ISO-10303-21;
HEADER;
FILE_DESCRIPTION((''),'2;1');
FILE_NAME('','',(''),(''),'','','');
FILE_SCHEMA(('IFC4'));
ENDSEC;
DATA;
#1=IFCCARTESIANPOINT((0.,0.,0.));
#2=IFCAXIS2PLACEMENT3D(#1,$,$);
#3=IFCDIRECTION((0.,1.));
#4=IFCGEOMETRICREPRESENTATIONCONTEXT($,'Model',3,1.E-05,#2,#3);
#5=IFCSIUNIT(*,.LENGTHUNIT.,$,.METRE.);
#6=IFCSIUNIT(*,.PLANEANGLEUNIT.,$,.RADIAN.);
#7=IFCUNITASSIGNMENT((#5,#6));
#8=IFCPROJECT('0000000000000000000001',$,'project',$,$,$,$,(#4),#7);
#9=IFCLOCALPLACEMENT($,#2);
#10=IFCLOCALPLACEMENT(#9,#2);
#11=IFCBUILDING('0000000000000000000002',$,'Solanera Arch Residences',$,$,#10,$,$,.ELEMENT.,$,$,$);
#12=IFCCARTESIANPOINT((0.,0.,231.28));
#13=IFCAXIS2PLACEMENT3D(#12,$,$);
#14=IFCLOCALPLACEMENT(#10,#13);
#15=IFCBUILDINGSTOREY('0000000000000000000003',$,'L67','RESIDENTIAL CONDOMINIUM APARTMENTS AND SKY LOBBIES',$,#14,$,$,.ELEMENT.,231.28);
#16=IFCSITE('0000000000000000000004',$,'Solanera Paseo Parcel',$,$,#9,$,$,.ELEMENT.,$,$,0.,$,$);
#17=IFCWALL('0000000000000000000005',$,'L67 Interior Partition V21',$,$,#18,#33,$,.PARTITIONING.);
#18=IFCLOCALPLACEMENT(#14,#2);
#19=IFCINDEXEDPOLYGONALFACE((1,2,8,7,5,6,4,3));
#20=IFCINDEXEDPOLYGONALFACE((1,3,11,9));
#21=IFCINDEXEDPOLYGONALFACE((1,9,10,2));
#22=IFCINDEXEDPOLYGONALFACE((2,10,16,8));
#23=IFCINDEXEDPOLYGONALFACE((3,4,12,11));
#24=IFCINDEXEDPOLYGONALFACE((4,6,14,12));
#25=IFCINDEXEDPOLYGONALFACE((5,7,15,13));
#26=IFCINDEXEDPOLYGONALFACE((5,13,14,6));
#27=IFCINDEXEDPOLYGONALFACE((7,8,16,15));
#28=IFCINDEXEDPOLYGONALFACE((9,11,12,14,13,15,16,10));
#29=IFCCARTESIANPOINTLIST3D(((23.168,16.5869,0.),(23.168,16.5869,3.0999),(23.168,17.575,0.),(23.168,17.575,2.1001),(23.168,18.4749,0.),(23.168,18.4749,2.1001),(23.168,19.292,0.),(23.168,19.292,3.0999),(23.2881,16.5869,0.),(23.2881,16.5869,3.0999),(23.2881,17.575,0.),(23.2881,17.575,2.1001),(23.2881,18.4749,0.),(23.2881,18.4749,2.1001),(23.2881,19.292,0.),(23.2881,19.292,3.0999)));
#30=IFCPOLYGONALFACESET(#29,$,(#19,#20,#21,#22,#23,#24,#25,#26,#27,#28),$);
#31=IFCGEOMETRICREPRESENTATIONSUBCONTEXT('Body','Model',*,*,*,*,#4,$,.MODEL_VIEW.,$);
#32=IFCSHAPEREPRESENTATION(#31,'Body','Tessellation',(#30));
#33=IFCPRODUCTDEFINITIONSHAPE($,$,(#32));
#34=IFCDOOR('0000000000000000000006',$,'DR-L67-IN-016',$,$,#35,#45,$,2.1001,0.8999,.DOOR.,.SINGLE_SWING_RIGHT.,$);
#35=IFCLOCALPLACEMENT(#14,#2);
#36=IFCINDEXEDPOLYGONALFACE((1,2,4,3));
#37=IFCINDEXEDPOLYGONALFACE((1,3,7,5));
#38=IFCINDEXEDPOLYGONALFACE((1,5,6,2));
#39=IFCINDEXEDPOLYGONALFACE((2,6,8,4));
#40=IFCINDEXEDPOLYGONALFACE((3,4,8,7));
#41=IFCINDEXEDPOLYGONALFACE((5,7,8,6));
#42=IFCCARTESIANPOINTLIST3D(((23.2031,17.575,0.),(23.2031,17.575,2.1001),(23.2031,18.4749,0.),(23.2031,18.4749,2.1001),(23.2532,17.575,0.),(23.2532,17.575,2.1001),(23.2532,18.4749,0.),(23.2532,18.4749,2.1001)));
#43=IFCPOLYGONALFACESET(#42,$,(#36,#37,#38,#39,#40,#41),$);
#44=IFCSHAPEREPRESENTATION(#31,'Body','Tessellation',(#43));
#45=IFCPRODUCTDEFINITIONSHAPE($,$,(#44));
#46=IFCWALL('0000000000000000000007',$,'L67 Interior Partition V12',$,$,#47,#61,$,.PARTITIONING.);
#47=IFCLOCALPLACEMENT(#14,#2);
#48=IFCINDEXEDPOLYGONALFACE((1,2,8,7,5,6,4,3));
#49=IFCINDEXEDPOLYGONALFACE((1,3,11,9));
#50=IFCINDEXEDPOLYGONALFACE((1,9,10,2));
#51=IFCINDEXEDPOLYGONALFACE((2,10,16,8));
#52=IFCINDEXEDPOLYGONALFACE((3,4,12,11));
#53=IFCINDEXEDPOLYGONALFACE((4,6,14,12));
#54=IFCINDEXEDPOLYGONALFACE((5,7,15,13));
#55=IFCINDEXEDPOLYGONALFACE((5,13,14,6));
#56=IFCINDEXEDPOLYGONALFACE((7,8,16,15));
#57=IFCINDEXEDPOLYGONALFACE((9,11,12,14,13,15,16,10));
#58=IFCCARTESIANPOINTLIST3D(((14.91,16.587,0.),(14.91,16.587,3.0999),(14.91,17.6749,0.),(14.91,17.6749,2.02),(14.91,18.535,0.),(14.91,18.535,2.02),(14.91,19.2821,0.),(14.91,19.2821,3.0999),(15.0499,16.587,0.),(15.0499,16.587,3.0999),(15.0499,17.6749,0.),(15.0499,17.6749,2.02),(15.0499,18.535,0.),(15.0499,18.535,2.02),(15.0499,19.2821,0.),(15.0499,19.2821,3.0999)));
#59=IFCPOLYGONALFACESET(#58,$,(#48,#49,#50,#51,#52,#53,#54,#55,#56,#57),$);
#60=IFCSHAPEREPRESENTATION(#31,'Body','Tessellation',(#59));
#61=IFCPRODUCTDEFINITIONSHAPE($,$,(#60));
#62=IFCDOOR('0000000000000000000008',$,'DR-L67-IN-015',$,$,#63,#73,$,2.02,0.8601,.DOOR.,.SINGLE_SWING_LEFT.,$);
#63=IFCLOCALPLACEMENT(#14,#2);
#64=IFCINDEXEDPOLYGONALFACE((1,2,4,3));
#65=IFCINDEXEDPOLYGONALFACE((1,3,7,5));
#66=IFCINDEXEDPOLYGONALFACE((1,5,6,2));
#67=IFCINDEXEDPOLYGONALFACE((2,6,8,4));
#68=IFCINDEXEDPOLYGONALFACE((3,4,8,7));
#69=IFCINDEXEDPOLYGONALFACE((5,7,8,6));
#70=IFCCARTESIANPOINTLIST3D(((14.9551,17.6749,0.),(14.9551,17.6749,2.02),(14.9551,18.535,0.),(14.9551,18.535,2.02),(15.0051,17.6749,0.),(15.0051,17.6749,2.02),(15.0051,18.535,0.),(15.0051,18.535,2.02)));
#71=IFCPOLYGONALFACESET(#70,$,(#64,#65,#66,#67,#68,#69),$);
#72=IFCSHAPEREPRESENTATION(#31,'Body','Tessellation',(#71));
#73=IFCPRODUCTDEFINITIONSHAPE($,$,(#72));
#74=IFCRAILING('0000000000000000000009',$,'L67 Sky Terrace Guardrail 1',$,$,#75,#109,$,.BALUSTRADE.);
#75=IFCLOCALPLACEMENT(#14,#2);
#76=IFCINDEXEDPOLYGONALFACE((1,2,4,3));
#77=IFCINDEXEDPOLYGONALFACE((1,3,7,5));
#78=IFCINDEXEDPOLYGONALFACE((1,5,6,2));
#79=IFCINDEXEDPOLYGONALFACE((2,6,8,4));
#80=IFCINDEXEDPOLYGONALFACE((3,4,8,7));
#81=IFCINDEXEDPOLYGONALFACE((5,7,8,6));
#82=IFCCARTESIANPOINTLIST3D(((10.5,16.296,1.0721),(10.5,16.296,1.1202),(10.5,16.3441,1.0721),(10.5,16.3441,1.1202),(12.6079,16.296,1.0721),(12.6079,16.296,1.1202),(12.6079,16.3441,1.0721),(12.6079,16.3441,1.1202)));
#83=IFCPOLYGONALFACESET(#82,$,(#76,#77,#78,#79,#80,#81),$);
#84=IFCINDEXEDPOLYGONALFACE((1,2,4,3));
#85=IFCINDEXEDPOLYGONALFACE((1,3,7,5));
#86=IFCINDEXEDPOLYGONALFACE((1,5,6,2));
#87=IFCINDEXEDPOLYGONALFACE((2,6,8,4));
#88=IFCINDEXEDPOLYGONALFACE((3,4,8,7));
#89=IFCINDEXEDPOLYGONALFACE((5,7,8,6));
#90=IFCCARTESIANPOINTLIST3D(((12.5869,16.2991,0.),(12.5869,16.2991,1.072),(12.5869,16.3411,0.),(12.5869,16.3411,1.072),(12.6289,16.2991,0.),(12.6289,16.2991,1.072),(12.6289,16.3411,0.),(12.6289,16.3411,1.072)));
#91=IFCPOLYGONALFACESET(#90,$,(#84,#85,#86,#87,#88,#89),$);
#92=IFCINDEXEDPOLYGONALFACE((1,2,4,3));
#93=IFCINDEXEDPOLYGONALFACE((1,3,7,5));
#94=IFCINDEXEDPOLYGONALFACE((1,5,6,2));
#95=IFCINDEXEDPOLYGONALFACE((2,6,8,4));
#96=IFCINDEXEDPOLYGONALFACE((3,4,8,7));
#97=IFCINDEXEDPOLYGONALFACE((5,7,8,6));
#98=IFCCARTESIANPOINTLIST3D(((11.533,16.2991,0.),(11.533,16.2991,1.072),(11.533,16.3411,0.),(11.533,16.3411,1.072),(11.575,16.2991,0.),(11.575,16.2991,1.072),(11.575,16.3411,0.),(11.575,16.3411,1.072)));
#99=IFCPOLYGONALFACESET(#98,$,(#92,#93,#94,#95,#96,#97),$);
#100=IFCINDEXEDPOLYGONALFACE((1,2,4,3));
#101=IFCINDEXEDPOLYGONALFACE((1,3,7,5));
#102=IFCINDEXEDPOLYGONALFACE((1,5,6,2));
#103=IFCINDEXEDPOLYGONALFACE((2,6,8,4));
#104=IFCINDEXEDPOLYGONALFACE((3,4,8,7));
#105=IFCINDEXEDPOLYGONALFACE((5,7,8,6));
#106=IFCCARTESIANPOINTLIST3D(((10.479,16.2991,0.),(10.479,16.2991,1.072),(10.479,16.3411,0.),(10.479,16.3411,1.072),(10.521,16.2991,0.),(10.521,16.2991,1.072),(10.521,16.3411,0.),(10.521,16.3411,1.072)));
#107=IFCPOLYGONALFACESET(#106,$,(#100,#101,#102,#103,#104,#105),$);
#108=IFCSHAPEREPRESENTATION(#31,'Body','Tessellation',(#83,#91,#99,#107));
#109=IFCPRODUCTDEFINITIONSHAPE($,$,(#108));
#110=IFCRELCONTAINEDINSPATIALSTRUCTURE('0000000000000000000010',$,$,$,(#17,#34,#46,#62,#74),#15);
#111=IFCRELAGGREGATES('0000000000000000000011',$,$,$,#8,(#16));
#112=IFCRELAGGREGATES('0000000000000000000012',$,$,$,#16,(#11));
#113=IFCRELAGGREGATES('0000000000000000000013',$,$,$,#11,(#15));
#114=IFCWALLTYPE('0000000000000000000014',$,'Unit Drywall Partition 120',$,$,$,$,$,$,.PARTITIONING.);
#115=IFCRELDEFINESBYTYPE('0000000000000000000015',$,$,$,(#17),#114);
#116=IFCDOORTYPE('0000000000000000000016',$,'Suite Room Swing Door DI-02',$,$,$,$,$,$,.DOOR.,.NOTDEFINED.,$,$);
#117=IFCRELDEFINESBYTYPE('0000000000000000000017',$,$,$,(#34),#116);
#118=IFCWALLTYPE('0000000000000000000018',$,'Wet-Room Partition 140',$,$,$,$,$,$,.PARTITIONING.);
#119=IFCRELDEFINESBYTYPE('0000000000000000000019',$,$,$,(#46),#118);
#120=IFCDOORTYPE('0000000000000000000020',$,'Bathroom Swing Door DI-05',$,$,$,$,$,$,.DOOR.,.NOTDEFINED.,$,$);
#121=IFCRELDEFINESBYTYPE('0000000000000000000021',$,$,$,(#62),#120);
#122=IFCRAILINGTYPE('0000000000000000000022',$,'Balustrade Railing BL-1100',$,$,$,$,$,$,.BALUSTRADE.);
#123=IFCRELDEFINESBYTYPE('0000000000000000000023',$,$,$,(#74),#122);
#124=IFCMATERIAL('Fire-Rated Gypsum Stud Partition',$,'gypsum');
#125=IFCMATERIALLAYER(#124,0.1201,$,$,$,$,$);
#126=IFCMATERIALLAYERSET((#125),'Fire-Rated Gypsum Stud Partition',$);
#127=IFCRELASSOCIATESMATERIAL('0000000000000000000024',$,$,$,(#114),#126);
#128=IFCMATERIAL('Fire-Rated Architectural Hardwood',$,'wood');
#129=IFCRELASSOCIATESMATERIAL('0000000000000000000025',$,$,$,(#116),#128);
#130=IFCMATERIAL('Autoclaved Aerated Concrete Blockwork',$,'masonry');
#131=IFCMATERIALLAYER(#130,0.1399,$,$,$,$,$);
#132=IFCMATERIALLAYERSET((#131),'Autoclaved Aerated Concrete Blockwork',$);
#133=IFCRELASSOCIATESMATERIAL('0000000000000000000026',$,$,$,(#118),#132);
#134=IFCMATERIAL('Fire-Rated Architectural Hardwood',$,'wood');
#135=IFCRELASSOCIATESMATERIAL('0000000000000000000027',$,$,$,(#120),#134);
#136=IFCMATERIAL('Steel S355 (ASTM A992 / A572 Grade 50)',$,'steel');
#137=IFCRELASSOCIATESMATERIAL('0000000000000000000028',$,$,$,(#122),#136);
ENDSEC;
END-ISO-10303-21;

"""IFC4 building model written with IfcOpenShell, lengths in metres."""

from ifc_helpers import new_model, si_unit, direction, frame, frame_2d, origin, origin_2d, place, context, subcontext, project, spatial, rectangle, extrude, material, layer, layer_set, type_object, element, fill, save


model = new_model("IFC4")

# Units and contexts
model_context = context("Model", 3, precision=1e-05, world=origin(), true_north=direction((0.0, 1.0)))
body_context = subcontext(model_context, "Body", "Model", "MODEL_VIEW")
ifc_project = project(units=[si_unit("LENGTHUNIT", "METRE"), si_unit("PLANEANGLEUNIT", "RADIAN")], contexts=[model_context])

# Site, building, storey
site_placement = place(None, origin())
site = spatial("IfcSite", under=ifc_project, at=site_placement, Name="Solanera Paseo Parcel", CompositionType="ELEMENT", RefElevation=0.0)
building_placement = place(site_placement, origin())
building = spatial("IfcBuilding", under=site, at=building_placement, Name="Solanera Arch Residences", CompositionType="ELEMENT")
storey_placement = place(building_placement, frame((0.0, 0.0, 231.28)))
storey = spatial("IfcBuildingStorey", under=building, at=storey_placement, Name="L67", Description="RESIDENTIAL CONDOMINIUM APARTMENTS AND SKY LOBBIES", CompositionType="ELEMENT", Elevation=231.28)

# Walls, openings, doors
ifc_material_1 = material(Name="Fire-Rated Gypsum Stud Partition", Category="gypsum")
ifc_layer_1 = layer(ifc_material_1, 0.1201)
ifc_layer_set_1 = layer_set([ifc_layer_1], Name="Fire-Rated Gypsum Stud Partition")
wall_type_1 = type_object("IfcWallType", Name="Unit Drywall Partition 120", PredefinedType="PARTITIONING", material=ifc_layer_set_1)
wall_1_placement = place(storey_placement, frame((23.228, 16.5869, 0.0), z_axis=(0.0, 0.0, 1.0), x_axis=(0.0, 1.0, 0.0)))
wall_1 = element("IfcWall", 1, at=wall_1_placement, inside=storey, type_object=wall_type_1, Name="L67 Interior Partition V21", PredefinedType="PARTITIONING", context=body_context, shape_type="SweptSolid", body=[
    extrude(rectangle(XDim=2.7051, YDim=0.1201, at=frame_2d((1.3525, 0.0))), origin(), (0.0, 0.0, 1.0), 3.0999),
])
opening_1_placement = place(wall_1_placement, frame((0.988, 0.0, 0.0)))
opening_1 = element("IfcOpeningElement", 2, at=opening_1_placement, cuts=wall_1, PredefinedType="OPENING", context=body_context, shape_type="SweptSolid", body=[
    extrude(rectangle(XDim=0.8999, YDim=2.1001, at=frame_2d((0.45, 1.05))), frame((0.0, 0.0701, 0.0), z_axis=(0.0, -1.0, 0.0), x_axis=(1.0, 0.0, 0.0)), (0.0, 0.0, 1.0), 0.1401),
])
ifc_material_2 = material(Name="Fire-Rated Architectural Hardwood", Category="wood")
door_type_1 = type_object("IfcDoorType", Name="Suite Room Swing Door DI-02", OperationType="NOTDEFINED", PredefinedType="DOOR", material=ifc_material_2)
door_1_placement = place(opening_1_placement, origin())
door_1 = element("IfcDoor", 3, at=door_1_placement, inside=storey, type_object=door_type_1, Name="DR-L67-IN-016", OperationType="SINGLE_SWING_RIGHT", OverallHeight=2.1001, OverallWidth=0.8999, PredefinedType="DOOR", context=body_context, shape_type="SweptSolid", body=[
    extrude(rectangle(XDim=0.8999, YDim=2.1001, at=frame_2d((0.45, 1.05))), frame((0.0, 0.0249, 0.0), z_axis=(0.0, -1.0, 0.0), x_axis=(1.0, 0.0, 0.0)), (0.0, 0.0, 1.0), 0.05),
])
fill(opening_1, door_1)
ifc_material_3 = material(Name="Autoclaved Aerated Concrete Blockwork", Category="masonry")
ifc_layer_2 = layer(ifc_material_3, 0.1399)
ifc_layer_set_2 = layer_set([ifc_layer_2], Name="Autoclaved Aerated Concrete Blockwork")
wall_type_2 = type_object("IfcWallType", Name="Wet-Room Partition 140", PredefinedType="PARTITIONING", material=ifc_layer_set_2)
wall_2_placement = place(storey_placement, frame((14.98, 16.5869, 0.0), z_axis=(0.0, 0.0, 1.0), x_axis=(0.0, 1.0, 0.0)))
wall_2 = element("IfcWall", 4, at=wall_2_placement, inside=storey, type_object=wall_type_2, Name="L67 Interior Partition V12", PredefinedType="PARTITIONING", context=body_context, shape_type="SweptSolid", body=[
    extrude(rectangle(XDim=2.6951, YDim=0.1399, at=frame_2d((1.3477, 0.0))), origin(), (0.0, 0.0, 1.0), 3.0999),
])
opening_2_placement = place(wall_2_placement, frame((1.0879, 0.0, 0.0)))
opening_2 = element("IfcOpeningElement", 5, at=opening_2_placement, cuts=wall_2, PredefinedType="OPENING", context=body_context, shape_type="SweptSolid", body=[
    extrude(rectangle(XDim=0.8601, YDim=2.02, at=frame_2d((0.4302, 1.01))), frame((0.0, 0.0798, 0.0), z_axis=(0.0, -1.0, 0.0), x_axis=(1.0, 0.0, 0.0)), (0.0, 0.0, 1.0), 0.1599),
])
ifc_material_4 = material(Name="Fire-Rated Architectural Hardwood", Category="wood")
door_type_2 = type_object("IfcDoorType", Name="Bathroom Swing Door DI-05", OperationType="NOTDEFINED", PredefinedType="DOOR", material=ifc_material_4)
door_2_placement = place(opening_2_placement, origin())
door_2 = element("IfcDoor", 6, at=door_2_placement, inside=storey, type_object=door_type_2, Name="DR-L67-IN-015", OperationType="SINGLE_SWING_LEFT", OverallHeight=2.02, OverallWidth=0.8601, PredefinedType="DOOR", context=body_context, shape_type="SweptSolid", body=[
    extrude(rectangle(XDim=0.8601, YDim=2.02, at=frame_2d((0.4302, 1.01))), frame((0.0, 0.0249, 0.0), z_axis=(0.0, -1.0, 0.0), x_axis=(1.0, 0.0, 0.0)), (0.0, 0.0, 1.0), 0.05),
])
fill(opening_2, door_2)

# Railing
ifc_material_5 = material(Name="Steel S355 (ASTM A992 / A572 Grade 50)", Category="steel")
railing_type = type_object("IfcRailingType", Name="Balustrade Railing BL-1100", PredefinedType="BALUSTRADE", material=ifc_material_5)
railing_1_placement = place(storey_placement, frame((12.6079, 16.3201, 0.0)))
element("IfcRailing", 7, at=railing_1_placement, inside=storey, type_object=railing_type, Name="L67 Sky Terrace Guardrail 1", PredefinedType="BALUSTRADE", context=body_context, shape_type="SweptSolid", body=[
    extrude(rectangle(XDim=0.0481, YDim=0.0481, at=origin_2d()), frame((0.0, 0.0, 1.0962), z_axis=(-1.0, 0.0, 0.0), x_axis=(0.0, -1.0, 0.0)), (0.0, 0.0, 1.0), 2.1079),
    extrude(rectangle(XDim=0.042, YDim=0.042, at=origin_2d()), origin(), (0.0, 0.0, 1.0), 1.072),
    extrude(rectangle(XDim=0.042, YDim=0.042, at=origin_2d()), frame((-1.054, 0.0, 0.0)), (0.0, 0.0, 1.0), 1.072),
    extrude(rectangle(XDim=0.042, YDim=0.042, at=origin_2d()), frame((-2.1079, 0.0, 0.0)), (0.0, 0.0, 1.0), 1.072),
])

save(model, "model.ifc")
